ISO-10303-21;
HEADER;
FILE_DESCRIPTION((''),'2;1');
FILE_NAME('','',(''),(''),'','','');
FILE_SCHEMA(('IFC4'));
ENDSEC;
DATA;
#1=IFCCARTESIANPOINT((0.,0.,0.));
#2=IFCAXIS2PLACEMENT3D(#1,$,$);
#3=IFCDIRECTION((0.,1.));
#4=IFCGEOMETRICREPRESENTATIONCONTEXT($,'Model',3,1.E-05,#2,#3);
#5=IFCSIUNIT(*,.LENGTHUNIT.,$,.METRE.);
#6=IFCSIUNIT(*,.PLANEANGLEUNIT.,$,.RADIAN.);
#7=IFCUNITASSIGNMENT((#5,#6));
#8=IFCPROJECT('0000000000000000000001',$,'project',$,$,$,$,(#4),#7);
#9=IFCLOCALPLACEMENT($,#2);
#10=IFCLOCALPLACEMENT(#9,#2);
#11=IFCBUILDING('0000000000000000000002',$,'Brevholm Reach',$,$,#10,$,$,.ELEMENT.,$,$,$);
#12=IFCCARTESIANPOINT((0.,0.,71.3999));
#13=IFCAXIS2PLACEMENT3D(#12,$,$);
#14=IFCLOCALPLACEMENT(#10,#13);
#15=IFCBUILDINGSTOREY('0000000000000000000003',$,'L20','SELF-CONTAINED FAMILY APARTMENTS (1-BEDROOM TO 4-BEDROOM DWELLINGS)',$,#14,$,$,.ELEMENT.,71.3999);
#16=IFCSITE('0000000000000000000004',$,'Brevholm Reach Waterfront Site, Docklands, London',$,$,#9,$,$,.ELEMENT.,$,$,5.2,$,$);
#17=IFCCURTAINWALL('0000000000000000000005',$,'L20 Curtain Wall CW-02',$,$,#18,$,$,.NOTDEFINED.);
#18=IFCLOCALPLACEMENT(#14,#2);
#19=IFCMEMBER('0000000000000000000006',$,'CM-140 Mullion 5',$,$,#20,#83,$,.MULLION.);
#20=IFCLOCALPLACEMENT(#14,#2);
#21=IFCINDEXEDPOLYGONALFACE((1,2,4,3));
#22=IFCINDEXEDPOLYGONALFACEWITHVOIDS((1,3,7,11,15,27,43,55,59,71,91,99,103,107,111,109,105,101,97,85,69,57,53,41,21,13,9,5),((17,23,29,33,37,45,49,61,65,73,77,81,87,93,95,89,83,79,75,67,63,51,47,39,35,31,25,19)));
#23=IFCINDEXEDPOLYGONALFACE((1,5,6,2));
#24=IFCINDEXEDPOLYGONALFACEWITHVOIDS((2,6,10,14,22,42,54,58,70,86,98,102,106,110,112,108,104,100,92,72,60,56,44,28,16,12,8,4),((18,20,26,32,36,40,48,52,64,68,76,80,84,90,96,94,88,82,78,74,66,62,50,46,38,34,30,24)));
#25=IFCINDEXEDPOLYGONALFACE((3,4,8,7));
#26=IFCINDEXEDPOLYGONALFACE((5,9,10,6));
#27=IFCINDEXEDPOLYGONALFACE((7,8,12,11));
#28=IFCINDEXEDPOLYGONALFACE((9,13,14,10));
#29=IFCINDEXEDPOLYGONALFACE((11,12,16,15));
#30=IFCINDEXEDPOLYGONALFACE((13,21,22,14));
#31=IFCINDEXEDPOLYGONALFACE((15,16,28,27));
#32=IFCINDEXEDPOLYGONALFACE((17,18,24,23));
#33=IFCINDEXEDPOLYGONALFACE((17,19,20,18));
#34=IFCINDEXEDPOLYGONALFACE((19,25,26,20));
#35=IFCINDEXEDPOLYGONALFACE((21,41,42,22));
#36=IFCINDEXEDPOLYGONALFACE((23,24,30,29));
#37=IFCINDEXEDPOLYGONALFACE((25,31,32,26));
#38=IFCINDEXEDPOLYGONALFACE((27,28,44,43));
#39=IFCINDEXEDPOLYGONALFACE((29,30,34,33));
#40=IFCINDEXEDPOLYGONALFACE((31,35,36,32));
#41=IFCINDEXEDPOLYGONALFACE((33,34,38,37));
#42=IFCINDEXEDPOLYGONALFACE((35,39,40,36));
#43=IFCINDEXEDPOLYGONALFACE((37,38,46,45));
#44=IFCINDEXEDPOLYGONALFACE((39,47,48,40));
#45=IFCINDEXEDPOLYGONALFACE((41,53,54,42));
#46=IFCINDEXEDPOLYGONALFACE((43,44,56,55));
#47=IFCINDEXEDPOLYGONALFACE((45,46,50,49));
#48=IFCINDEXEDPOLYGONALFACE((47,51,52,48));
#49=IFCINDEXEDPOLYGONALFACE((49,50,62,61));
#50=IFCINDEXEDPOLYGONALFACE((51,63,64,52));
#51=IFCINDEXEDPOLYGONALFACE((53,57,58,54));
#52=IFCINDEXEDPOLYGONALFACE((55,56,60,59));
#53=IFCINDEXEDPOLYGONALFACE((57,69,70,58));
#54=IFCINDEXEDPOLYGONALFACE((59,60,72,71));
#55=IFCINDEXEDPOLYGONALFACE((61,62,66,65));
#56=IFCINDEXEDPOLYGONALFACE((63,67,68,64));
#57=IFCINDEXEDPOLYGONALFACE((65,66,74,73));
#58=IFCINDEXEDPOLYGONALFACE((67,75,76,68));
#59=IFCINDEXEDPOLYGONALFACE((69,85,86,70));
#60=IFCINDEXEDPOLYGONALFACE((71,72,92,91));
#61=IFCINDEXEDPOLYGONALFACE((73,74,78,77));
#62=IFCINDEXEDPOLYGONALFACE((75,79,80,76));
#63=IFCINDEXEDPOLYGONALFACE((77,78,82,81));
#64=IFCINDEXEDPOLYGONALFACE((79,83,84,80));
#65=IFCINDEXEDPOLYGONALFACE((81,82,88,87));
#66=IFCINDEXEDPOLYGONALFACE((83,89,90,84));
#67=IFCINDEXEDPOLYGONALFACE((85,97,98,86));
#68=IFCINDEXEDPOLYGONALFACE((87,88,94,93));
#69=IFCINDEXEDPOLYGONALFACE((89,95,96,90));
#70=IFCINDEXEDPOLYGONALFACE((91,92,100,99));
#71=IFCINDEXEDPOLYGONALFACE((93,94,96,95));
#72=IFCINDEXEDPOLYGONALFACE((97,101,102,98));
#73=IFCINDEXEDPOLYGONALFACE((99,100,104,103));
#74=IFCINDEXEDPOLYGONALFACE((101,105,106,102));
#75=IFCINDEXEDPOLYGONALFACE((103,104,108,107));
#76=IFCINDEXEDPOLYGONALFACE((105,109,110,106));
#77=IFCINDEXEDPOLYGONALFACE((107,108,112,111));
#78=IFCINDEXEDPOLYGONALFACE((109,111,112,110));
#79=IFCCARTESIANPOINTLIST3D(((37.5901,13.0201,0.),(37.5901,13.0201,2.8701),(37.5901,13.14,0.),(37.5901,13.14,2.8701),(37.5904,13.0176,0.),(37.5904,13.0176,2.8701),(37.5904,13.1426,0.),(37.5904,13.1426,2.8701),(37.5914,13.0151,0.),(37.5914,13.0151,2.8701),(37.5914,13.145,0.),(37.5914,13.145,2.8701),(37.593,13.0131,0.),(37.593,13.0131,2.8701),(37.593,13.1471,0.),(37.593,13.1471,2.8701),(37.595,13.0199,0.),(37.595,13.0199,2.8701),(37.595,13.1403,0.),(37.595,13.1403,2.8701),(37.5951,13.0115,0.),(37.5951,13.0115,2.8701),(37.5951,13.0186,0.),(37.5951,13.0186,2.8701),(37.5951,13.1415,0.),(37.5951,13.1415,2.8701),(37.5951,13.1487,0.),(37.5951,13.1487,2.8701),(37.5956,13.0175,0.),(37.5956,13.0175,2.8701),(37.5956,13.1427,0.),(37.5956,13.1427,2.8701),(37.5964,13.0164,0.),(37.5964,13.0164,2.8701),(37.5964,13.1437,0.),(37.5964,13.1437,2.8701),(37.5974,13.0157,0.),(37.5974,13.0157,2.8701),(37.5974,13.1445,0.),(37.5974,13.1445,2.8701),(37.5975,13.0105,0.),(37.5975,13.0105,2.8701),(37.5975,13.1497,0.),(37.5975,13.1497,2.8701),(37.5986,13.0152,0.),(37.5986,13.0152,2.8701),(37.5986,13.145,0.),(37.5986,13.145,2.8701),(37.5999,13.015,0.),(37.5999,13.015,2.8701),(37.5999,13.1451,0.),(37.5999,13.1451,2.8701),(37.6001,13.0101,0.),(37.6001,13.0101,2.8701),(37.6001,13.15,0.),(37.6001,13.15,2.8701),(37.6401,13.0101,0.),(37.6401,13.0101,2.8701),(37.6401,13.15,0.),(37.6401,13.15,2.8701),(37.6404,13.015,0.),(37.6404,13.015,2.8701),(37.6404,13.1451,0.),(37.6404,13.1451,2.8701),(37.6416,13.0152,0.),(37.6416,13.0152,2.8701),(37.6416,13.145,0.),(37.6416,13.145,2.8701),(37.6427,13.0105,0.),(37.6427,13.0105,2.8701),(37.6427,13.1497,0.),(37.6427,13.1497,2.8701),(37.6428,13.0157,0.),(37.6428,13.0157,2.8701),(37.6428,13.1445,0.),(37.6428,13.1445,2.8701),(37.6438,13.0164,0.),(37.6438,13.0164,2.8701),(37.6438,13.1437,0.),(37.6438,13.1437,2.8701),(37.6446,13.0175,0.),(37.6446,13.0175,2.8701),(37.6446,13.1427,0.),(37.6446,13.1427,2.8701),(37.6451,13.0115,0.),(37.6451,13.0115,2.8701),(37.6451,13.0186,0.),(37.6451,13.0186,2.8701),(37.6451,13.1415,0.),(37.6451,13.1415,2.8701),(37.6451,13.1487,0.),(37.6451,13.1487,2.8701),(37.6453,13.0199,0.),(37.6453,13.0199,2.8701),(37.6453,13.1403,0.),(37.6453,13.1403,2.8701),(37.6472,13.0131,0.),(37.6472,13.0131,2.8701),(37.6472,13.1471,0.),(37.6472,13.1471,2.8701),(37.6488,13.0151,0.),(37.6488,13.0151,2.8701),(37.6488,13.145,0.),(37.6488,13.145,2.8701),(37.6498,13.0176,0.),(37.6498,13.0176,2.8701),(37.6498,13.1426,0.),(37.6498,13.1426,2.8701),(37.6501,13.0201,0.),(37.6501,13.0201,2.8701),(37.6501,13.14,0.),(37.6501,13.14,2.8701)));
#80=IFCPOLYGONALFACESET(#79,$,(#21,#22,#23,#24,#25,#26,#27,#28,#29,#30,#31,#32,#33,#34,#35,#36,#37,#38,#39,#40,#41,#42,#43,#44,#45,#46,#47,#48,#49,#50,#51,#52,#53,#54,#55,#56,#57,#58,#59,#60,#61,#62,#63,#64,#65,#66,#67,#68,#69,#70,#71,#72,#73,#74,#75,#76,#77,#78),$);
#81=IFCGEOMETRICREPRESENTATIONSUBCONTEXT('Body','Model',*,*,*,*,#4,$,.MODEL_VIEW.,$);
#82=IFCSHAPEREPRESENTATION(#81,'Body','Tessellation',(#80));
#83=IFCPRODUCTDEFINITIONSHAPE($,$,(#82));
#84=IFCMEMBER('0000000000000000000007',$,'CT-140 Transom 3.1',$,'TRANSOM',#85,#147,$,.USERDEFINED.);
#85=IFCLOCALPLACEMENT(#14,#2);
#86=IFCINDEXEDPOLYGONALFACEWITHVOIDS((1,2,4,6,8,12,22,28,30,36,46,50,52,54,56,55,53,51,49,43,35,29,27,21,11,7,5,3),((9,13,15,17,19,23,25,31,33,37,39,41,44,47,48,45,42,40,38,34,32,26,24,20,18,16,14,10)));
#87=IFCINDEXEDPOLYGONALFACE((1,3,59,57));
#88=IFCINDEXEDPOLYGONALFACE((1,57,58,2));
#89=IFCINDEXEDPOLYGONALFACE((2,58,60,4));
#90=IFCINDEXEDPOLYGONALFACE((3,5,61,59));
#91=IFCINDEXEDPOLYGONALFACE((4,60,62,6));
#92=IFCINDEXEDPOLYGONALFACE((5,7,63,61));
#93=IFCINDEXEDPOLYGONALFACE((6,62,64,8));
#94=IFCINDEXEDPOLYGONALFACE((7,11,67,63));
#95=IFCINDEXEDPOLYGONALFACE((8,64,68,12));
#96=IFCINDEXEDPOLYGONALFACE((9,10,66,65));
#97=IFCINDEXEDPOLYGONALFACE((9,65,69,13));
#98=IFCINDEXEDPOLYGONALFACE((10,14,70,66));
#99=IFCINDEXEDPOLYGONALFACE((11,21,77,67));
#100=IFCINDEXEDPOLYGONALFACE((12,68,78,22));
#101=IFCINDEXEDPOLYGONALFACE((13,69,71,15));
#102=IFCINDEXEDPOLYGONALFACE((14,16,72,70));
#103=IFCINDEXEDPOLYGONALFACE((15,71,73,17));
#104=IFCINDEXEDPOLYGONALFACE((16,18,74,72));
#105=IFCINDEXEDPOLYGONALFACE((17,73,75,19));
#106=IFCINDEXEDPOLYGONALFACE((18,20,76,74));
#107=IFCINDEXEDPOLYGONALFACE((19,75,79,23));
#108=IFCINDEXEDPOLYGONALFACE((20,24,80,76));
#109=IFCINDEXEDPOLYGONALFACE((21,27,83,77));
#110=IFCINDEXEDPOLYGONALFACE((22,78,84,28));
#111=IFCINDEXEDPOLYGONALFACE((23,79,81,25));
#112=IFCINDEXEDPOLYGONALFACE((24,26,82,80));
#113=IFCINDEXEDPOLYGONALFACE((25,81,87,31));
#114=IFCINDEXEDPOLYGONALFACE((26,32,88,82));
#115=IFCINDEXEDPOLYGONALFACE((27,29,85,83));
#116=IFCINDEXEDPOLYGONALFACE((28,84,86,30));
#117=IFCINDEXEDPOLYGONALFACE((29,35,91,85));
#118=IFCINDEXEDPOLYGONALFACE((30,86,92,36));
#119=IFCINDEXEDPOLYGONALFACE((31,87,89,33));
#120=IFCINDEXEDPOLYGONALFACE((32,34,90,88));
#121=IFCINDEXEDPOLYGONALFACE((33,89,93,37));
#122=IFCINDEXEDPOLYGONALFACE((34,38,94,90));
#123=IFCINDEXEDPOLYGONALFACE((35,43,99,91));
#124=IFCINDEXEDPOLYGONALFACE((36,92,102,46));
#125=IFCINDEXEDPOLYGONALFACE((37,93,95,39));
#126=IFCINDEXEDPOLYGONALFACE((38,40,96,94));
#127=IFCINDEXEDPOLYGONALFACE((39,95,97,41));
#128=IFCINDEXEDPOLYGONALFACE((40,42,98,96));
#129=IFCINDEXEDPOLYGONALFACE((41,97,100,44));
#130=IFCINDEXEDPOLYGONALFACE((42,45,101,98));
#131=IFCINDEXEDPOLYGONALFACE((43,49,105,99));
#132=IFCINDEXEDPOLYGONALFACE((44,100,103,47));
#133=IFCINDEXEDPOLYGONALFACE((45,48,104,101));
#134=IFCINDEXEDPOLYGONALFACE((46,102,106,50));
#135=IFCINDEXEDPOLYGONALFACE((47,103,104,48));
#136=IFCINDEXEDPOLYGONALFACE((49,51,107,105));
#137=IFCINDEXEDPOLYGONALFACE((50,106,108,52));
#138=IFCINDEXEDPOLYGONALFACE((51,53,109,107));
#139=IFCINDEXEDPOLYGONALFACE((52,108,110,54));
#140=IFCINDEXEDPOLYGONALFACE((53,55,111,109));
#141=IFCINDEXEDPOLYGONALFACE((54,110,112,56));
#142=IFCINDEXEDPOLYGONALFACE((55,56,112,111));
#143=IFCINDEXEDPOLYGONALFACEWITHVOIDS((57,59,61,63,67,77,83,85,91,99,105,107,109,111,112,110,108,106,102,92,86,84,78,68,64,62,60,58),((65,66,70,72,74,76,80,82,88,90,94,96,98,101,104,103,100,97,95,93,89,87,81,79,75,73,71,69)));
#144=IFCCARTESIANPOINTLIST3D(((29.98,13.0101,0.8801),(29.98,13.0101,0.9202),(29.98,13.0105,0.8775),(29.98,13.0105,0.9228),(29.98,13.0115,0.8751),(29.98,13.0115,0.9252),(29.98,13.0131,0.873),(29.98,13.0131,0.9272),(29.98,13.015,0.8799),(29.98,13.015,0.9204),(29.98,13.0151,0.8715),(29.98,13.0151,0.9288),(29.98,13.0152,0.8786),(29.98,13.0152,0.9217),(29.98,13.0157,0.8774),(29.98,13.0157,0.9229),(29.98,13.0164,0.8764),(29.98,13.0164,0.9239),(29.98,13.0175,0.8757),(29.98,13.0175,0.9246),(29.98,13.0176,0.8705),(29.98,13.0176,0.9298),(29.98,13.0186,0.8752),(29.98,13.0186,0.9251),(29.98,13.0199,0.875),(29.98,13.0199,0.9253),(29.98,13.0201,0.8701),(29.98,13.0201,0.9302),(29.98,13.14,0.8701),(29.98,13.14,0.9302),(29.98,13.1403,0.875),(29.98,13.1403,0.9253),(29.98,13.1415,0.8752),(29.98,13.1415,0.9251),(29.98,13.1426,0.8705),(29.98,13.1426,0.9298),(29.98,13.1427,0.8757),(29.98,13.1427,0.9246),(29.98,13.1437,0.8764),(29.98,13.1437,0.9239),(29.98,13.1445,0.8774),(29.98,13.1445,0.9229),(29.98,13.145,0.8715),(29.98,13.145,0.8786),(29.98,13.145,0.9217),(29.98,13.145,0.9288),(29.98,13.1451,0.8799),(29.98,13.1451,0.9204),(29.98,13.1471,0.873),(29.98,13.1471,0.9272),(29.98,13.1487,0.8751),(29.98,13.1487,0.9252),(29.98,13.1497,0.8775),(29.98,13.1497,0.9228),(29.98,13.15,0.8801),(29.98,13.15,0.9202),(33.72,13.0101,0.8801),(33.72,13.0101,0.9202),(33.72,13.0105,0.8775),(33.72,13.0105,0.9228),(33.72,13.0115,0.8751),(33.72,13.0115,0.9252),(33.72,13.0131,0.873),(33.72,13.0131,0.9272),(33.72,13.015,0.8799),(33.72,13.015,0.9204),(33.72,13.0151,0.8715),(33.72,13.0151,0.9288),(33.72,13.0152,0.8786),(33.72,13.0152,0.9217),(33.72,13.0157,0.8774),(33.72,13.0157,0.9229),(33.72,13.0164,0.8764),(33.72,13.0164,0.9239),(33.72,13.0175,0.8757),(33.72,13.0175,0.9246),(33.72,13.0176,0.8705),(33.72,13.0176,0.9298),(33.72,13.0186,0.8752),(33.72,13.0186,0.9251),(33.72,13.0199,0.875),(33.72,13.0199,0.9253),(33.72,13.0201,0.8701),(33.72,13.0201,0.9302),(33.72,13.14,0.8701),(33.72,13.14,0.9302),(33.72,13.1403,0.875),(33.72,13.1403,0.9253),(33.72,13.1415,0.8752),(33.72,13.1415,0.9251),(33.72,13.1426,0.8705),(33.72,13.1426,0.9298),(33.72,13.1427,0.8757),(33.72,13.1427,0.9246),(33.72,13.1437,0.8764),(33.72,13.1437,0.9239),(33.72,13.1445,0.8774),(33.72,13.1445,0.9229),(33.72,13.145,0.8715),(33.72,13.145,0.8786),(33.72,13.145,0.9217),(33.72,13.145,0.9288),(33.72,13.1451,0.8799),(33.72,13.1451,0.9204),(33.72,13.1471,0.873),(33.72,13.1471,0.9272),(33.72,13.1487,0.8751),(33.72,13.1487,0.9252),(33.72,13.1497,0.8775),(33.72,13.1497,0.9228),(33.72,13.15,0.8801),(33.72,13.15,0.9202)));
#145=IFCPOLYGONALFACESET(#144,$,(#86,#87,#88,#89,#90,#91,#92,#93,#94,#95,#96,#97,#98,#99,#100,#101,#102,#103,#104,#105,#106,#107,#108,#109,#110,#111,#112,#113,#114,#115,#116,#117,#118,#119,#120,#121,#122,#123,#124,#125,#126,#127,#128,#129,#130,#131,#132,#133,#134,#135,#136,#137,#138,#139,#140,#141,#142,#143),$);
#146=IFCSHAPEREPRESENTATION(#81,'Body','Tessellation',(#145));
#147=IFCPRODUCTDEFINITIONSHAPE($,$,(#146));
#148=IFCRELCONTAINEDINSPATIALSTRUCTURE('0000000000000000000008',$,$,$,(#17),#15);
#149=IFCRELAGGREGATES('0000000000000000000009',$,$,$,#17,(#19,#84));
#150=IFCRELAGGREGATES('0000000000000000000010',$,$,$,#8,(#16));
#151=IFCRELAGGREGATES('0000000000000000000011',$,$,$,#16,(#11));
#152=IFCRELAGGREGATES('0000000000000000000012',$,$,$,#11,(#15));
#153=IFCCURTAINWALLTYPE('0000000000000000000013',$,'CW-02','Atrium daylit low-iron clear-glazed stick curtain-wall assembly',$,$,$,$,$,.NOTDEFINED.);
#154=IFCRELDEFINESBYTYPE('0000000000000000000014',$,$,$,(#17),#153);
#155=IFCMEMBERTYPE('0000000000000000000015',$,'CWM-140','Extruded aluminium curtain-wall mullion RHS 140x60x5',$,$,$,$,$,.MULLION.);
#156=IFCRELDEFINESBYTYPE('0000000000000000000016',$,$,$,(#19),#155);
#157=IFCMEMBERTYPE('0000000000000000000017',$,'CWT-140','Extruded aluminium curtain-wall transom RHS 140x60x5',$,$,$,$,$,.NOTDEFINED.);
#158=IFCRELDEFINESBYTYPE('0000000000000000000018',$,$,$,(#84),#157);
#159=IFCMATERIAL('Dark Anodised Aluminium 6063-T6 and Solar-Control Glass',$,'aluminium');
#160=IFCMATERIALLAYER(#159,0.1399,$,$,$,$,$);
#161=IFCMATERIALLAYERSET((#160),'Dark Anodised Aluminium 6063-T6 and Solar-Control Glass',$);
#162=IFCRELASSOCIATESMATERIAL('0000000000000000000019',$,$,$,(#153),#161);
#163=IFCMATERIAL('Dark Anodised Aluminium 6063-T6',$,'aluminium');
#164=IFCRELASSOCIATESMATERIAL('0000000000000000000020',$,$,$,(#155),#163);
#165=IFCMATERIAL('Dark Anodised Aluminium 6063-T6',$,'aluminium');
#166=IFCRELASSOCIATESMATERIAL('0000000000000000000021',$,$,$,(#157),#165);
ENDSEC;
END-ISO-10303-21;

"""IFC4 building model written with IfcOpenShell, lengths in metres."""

from ifc_helpers import new_model, si_unit, direction, frame, origin, origin_2d, place, context, subcontext, project, spatial, hollow_rectangle, extrude, material, layer, layer_set, material_profile, profile_set, type_object, element, aggregate, save


model = new_model("IFC4")

# Units and contexts
model_context = context("Model", 3, precision=1e-05, world=origin(), true_north=direction((0.0, 1.0)))
body_context = subcontext(model_context, "Body", "Model", "MODEL_VIEW")
ifc_project = project(units=[si_unit("LENGTHUNIT", "METRE"), si_unit("PLANEANGLEUNIT", "RADIAN")], contexts=[model_context])

# Site, building, storey
site_placement = place(None, origin())
site = spatial("IfcSite", under=ifc_project, at=site_placement, Name="Brevholm Reach Waterfront Site, Docklands, London", CompositionType="ELEMENT", RefElevation=5.2)
building_placement = place(site_placement, origin())
building = spatial("IfcBuilding", under=site, at=building_placement, Name="Brevholm Reach", CompositionType="ELEMENT")
storey_placement = place(building_placement, frame((0.0, 0.0, 71.3999)))
storey = spatial("IfcBuildingStorey", under=building, at=storey_placement, Name="L20", Description="SELF-CONTAINED FAMILY APARTMENTS (1-BEDROOM TO 4-BEDROOM DWELLINGS)", CompositionType="ELEMENT", Elevation=71.3999)

# Curtain wall, members
ifc_material_1 = material(Name="Dark Anodised Aluminium 6063-T6 and Solar-Control Glass", Category="aluminium")
ifc_layer_1 = layer(ifc_material_1, 0.1399)
ifc_layer_set_1 = layer_set([ifc_layer_1], Name="Dark Anodised Aluminium 6063-T6 and Solar-Control Glass")
curtain_wall_type = type_object("IfcCurtainWallType", Name="CW-02", Description="Atrium daylit low-iron clear-glazed stick curtain-wall assembly", PredefinedType="NOTDEFINED", material=ifc_layer_set_1)
curtain_wall_placement = place(storey_placement, origin())
curtain_wall = element("IfcCurtainWall", 1, at=curtain_wall_placement, inside=storey, type_object=curtain_wall_type, Name="L20 Curtain Wall CW-02", PredefinedType="NOTDEFINED")
ifc_material_2 = material(Name="Dark Anodised Aluminium 6063-T6", Category="aluminium")
ifc_material_profile_1 = material_profile(ifc_material_2, hollow_rectangle(XDim=0.0601, YDim=0.1399, WallThickness=0.0049, InnerFilletRadius=0.0049, OuterFilletRadius=0.01, at=origin_2d()), Name="RHS 140x60x5")
ifc_profile_set_1 = profile_set([ifc_material_profile_1], Name="Dark Anodised Aluminium 6063-T6")
member_type_1 = type_object("IfcMemberType", Name="CWM-140", Description="Extruded aluminium curtain-wall mullion RHS 140x60x5", PredefinedType="MULLION", material=ifc_profile_set_1)
member_1_placement = place(storey_placement, frame((37.6201, 13.0801, 0.0), z_axis=(0.0, 0.0, 1.0), x_axis=(1.0, 0.0, 0.0)))
member_1 = element("IfcMember", 2, at=member_1_placement, type_object=member_type_1, Name="CM-140 Mullion 5", PredefinedType="MULLION", context=body_context, shape_type="SweptSolid", body=[
    extrude(hollow_rectangle(XDim=0.0601, YDim=0.1399, WallThickness=0.0049, InnerFilletRadius=0.0049, OuterFilletRadius=0.01, at=origin_2d()), origin(), (0.0, 0.0, 1.0), 2.8701),
])
ifc_material_3 = material(Name="Dark Anodised Aluminium 6063-T6", Category="aluminium")
ifc_material_profile_2 = material_profile(ifc_material_3, hollow_rectangle(XDim=0.0601, YDim=0.1399, WallThickness=0.0049, InnerFilletRadius=0.0049, OuterFilletRadius=0.01, at=origin_2d()), Name="RHS 140x60x5")
ifc_profile_set_2 = profile_set([ifc_material_profile_2], Name="Dark Anodised Aluminium 6063-T6")
member_type_2 = type_object("IfcMemberType", Name="CWT-140", Description="Extruded aluminium curtain-wall transom RHS 140x60x5", PredefinedType="NOTDEFINED", material=ifc_profile_set_2)
member_2_placement = place(storey_placement, frame((29.98, 13.0801, 0.9001), z_axis=(1.0, 0.0, 0.0), x_axis=(0.0, 0.0, 1.0)))
member_2 = element("IfcMember", 3, at=member_2_placement, type_object=member_type_2, Name="CT-140 Transom 3.1", ObjectType="TRANSOM", PredefinedType="USERDEFINED", context=body_context, shape_type="SweptSolid", body=[
    extrude(hollow_rectangle(XDim=0.0601, YDim=0.1399, WallThickness=0.0049, InnerFilletRadius=0.0049, OuterFilletRadius=0.01, at=origin_2d()), origin(), (0.0, 0.0, 1.0), 3.74),
])
aggregate(curtain_wall, [member_1, member_2])

save(model, "model.ifc")
